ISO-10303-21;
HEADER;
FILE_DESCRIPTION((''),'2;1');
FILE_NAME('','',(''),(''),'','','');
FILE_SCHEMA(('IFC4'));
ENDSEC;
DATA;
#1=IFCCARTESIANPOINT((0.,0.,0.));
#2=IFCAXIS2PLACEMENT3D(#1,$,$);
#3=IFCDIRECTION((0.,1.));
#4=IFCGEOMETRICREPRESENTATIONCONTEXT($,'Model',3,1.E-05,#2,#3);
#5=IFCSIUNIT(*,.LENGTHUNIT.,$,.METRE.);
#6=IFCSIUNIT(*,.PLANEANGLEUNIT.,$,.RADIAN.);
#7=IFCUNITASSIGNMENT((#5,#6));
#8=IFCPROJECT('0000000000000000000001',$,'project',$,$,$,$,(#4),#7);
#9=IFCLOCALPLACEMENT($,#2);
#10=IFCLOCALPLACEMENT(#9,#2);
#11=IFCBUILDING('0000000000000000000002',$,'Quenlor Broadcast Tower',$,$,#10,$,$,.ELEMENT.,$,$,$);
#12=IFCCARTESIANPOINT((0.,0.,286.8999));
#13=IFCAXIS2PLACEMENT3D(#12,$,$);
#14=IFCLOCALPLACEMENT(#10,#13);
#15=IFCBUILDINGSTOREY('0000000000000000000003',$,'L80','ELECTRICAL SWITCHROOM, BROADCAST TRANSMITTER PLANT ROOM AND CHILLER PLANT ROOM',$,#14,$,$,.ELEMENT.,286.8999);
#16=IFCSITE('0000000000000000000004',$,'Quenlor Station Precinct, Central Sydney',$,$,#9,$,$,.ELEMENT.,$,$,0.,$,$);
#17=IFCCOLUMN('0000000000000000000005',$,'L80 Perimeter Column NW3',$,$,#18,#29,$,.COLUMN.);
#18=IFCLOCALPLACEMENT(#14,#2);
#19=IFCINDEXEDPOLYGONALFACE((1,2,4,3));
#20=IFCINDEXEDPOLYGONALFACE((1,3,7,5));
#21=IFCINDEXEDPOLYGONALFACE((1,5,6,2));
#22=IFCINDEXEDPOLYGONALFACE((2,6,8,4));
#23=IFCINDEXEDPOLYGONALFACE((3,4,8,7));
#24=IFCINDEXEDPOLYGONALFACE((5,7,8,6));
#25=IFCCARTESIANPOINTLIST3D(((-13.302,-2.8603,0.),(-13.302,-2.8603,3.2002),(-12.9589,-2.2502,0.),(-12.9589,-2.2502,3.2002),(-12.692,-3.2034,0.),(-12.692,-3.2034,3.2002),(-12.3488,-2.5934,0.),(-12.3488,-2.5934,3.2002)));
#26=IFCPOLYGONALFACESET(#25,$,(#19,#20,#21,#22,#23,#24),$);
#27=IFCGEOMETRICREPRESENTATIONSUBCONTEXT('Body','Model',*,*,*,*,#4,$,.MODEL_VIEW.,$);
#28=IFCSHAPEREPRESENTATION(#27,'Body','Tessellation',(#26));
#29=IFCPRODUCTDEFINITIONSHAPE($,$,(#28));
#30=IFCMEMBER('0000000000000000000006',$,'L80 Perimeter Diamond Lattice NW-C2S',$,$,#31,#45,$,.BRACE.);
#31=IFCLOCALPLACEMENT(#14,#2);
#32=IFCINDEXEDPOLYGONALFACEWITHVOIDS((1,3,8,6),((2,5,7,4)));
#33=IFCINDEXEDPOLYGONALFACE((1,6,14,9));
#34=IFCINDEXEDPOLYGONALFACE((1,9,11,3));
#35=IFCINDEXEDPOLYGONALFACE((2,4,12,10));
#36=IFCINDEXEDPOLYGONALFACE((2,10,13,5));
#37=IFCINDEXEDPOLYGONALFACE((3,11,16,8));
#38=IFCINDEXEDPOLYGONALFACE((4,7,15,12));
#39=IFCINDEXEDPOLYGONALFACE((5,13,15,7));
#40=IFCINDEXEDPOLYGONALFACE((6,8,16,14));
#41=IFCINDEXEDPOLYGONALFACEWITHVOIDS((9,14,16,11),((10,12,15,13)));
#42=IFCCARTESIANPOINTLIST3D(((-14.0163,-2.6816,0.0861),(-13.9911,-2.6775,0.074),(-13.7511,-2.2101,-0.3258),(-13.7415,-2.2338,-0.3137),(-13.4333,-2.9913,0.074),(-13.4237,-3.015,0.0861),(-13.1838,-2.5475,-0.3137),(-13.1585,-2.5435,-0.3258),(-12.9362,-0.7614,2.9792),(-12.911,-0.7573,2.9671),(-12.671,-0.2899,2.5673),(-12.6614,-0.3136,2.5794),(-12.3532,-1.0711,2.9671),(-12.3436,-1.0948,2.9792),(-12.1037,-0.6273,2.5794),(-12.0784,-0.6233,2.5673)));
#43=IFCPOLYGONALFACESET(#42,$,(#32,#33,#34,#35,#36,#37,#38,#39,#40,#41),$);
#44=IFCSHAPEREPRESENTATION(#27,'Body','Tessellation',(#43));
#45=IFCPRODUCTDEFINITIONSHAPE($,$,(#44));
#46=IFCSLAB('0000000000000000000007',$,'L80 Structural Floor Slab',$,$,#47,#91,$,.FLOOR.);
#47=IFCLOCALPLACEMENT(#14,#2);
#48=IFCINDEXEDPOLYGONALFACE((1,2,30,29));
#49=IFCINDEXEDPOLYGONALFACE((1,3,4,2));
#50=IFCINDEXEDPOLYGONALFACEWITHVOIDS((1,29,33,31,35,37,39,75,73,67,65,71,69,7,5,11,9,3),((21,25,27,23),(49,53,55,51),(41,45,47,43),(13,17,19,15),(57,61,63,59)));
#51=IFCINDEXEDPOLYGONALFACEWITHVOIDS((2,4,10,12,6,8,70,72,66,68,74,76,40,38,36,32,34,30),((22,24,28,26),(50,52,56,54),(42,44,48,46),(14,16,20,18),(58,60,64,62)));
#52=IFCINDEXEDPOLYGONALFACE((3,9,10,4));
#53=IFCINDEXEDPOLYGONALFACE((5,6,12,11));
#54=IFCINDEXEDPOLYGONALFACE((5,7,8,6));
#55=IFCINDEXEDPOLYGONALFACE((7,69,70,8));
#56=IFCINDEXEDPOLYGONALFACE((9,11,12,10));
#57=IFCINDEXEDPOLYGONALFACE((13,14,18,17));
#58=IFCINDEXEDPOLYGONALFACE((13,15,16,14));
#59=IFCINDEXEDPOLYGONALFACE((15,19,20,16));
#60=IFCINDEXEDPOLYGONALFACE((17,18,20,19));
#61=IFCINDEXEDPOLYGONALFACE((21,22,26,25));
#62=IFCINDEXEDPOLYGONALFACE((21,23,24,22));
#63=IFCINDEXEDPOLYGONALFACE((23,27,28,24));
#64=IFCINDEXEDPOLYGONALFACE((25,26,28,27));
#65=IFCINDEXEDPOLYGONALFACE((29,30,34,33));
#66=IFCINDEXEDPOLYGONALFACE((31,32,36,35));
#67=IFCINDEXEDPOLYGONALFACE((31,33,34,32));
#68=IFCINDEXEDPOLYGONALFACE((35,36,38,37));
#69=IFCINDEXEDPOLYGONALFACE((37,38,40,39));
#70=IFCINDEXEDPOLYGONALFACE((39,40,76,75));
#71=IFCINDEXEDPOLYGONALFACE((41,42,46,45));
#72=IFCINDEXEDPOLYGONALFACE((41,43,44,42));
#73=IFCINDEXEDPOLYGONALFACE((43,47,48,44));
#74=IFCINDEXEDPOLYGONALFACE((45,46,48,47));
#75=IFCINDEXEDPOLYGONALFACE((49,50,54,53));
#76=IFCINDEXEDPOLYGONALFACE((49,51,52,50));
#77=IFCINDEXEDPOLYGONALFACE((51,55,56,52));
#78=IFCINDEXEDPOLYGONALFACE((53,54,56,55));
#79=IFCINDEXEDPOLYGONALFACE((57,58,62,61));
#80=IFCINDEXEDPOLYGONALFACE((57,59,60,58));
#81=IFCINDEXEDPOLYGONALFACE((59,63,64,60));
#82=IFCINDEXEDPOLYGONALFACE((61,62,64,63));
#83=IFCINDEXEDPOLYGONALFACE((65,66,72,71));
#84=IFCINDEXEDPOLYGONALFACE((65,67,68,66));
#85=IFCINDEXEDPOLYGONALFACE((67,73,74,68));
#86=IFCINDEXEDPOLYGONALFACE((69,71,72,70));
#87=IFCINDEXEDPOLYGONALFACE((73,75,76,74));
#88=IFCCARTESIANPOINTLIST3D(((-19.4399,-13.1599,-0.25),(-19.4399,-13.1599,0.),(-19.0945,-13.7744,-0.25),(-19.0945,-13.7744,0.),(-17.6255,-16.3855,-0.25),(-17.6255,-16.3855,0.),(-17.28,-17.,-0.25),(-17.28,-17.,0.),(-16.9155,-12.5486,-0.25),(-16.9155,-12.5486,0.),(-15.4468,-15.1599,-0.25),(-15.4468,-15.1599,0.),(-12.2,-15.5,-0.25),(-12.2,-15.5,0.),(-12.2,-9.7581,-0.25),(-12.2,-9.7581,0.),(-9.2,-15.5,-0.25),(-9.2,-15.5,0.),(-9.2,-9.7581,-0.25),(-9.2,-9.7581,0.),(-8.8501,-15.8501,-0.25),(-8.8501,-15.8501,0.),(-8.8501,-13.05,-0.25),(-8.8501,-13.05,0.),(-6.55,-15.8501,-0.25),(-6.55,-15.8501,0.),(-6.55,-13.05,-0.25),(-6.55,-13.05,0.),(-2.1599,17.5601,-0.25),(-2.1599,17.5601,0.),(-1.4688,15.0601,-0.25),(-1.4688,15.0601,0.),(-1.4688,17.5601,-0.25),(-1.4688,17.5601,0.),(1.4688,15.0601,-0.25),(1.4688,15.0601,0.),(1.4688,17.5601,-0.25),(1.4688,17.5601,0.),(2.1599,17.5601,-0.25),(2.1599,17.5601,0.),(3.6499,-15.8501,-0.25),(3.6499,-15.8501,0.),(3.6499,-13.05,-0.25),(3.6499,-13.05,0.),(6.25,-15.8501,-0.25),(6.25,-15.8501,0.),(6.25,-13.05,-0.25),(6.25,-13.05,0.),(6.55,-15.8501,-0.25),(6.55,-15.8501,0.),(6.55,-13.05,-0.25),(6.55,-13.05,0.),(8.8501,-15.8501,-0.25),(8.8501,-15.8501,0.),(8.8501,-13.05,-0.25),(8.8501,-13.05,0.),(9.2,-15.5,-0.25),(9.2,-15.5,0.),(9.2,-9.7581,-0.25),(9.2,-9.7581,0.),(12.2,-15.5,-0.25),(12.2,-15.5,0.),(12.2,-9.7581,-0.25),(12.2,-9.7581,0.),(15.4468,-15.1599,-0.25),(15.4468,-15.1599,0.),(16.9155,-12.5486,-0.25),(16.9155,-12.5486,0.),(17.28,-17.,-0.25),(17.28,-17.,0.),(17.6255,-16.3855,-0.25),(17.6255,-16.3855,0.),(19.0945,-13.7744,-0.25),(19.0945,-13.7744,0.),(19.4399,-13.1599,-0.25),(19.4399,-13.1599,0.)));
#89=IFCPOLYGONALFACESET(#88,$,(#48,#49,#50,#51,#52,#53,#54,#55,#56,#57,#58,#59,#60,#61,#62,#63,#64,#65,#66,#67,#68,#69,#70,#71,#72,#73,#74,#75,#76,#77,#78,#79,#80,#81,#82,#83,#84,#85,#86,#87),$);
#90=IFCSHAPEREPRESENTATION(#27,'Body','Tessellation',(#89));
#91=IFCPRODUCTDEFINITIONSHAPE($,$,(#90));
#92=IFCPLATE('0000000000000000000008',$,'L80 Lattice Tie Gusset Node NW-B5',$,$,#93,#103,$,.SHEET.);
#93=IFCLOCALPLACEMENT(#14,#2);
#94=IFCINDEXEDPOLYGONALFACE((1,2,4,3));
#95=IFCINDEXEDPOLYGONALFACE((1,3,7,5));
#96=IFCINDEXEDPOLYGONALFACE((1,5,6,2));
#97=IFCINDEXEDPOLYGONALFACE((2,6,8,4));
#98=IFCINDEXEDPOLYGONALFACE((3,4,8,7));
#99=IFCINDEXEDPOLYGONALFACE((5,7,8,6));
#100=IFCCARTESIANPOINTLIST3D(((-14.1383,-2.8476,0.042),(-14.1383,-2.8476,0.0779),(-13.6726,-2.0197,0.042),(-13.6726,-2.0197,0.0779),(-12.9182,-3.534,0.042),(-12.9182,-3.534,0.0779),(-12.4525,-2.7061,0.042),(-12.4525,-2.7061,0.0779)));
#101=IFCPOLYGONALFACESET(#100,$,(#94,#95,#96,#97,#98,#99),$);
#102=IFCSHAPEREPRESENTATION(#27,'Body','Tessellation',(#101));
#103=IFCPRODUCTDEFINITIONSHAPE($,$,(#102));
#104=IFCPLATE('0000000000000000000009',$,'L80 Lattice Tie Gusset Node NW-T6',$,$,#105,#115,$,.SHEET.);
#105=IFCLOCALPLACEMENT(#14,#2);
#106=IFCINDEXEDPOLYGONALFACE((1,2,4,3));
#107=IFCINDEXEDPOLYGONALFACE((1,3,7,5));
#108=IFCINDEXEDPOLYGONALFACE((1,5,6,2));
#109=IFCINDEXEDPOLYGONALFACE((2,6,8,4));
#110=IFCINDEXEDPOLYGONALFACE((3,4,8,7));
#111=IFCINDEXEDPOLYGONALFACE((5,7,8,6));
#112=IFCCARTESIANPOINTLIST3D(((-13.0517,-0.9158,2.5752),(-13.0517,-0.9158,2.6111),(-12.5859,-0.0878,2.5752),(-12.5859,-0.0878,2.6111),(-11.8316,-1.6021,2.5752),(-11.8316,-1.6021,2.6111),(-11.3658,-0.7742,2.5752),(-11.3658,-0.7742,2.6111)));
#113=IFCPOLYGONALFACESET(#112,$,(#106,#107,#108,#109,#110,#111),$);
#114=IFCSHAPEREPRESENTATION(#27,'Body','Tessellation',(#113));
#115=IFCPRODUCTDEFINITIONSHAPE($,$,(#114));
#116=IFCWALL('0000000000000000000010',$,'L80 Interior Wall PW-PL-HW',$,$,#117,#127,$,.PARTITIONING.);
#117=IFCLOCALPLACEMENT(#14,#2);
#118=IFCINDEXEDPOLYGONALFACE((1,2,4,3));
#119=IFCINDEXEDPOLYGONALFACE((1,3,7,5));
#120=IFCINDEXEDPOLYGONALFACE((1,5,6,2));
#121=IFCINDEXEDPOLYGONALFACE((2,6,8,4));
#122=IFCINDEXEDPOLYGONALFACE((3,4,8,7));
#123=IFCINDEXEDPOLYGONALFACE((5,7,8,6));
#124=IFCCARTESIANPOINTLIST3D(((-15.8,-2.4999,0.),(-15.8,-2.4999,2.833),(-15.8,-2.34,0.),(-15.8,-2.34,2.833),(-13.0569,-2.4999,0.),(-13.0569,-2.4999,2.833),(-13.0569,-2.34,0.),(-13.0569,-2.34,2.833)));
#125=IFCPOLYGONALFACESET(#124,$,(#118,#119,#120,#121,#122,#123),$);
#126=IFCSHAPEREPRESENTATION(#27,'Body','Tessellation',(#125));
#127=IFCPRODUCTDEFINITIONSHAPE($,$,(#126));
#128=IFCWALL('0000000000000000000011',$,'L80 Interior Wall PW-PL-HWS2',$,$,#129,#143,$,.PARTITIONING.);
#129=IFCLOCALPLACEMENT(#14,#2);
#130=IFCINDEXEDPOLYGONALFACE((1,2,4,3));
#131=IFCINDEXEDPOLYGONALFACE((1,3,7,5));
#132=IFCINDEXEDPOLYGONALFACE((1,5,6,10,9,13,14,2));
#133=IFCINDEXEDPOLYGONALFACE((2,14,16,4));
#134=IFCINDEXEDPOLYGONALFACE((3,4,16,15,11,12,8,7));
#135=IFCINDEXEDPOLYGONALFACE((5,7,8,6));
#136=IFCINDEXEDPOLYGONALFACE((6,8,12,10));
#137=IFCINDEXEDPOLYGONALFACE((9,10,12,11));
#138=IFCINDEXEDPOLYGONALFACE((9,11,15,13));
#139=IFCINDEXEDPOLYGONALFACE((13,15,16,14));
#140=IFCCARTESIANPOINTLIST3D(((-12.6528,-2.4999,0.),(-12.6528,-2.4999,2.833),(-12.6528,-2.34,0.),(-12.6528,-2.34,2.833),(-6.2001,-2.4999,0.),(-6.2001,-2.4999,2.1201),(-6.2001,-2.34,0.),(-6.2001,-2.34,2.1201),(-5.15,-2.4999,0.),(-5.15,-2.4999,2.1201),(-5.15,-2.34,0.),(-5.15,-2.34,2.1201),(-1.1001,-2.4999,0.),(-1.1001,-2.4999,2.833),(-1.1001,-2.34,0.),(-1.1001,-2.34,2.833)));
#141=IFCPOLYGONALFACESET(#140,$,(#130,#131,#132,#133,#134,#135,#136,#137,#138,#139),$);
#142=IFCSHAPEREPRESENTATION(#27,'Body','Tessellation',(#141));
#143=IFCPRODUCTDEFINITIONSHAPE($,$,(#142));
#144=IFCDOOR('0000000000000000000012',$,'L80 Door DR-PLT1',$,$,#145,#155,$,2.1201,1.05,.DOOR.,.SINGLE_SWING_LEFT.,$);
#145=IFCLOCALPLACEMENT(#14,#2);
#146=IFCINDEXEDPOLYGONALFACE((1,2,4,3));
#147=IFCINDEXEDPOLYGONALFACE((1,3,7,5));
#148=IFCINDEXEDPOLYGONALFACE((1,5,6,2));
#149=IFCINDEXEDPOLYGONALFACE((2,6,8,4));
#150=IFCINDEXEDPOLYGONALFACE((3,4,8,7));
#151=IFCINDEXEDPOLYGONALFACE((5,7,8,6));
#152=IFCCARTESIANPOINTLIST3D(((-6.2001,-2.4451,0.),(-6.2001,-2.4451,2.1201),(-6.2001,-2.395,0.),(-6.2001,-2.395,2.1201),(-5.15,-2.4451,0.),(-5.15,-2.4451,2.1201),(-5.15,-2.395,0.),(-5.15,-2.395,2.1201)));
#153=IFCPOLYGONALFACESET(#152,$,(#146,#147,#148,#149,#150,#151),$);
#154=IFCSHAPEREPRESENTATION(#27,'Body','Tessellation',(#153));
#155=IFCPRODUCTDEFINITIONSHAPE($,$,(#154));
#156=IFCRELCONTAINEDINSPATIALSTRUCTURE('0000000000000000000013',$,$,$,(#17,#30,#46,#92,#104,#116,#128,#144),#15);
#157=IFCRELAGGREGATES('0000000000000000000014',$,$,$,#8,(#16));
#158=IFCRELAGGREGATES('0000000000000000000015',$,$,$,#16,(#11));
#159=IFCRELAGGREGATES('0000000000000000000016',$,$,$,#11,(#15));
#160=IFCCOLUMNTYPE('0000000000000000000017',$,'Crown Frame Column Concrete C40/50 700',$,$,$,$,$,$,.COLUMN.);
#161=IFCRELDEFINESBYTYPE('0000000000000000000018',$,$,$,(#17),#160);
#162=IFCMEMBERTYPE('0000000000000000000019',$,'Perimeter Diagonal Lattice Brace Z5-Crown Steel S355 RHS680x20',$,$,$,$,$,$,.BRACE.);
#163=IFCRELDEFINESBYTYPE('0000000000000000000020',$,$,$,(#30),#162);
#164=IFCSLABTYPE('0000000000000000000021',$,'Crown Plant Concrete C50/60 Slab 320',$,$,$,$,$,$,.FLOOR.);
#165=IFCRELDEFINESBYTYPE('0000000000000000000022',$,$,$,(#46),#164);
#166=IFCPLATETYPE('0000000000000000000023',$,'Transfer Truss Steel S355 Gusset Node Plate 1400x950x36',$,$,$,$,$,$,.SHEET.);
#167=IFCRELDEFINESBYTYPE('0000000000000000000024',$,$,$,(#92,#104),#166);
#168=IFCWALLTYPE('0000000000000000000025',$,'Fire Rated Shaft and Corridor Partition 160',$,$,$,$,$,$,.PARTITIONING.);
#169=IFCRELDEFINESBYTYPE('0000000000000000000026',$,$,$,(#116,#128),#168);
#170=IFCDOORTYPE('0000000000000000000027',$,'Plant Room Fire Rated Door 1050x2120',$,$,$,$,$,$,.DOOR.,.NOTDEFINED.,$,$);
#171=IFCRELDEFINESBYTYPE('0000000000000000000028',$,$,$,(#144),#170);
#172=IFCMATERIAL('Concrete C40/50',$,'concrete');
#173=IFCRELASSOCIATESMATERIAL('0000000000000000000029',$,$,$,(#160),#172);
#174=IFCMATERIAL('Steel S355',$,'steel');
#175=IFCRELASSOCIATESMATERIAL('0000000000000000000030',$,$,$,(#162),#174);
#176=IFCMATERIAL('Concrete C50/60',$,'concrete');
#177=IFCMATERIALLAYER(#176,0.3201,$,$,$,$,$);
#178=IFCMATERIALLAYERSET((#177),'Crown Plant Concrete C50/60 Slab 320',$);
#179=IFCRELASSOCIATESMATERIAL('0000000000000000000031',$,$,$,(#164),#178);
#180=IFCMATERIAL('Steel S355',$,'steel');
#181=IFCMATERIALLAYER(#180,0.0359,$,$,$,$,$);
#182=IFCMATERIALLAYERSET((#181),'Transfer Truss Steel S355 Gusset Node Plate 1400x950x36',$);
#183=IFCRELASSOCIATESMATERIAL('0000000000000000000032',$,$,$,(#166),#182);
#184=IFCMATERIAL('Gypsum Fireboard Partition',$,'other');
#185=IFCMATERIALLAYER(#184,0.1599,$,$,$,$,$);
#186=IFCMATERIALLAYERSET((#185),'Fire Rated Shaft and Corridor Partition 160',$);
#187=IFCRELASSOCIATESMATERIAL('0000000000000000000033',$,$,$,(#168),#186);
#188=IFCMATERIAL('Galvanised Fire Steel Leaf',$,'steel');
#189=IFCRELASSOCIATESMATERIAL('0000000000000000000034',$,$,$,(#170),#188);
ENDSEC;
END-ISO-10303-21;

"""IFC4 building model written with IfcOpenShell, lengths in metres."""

from ifc_helpers import new_model, si_unit, direction, frame, frame_2d, origin, origin_2d, place, context, subcontext, project, spatial, polyline, rectangle, hollow_rectangle, outline, extrude, material, layer, layer_set, material_profile, profile_set, type_object, element, fill, save


model = new_model("IFC4")

# Units and contexts
model_context = context("Model", 3, precision=1e-05, world=origin(), true_north=direction((0.0, 1.0)))
body_context = subcontext(model_context, "Body", "Model", "MODEL_VIEW")
ifc_project = project(units=[si_unit("LENGTHUNIT", "METRE"), si_unit("PLANEANGLEUNIT", "RADIAN")], contexts=[model_context])

# Site, building, storey
site_placement = place(None, origin())
site = spatial("IfcSite", under=ifc_project, at=site_placement, Name="Quenlor Station Precinct, Central Sydney", CompositionType="ELEMENT", RefElevation=0.0)
building_placement = place(site_placement, origin())
building = spatial("IfcBuilding", under=site, at=building_placement, Name="Quenlor Broadcast Tower", CompositionType="ELEMENT")
storey_placement = place(building_placement, frame((0.0, 0.0, 286.8999)))
storey = spatial("IfcBuildingStorey", under=building, at=storey_placement, Name="L80", Description="ELECTRICAL SWITCHROOM, BROADCAST TRANSMITTER PLANT ROOM AND CHILLER PLANT ROOM", CompositionType="ELEMENT", Elevation=286.8999)

# Column
ifc_material_1 = material(Name="Concrete C40/50", Category="concrete")
ifc_material_profile_1 = material_profile(ifc_material_1, rectangle(XDim=0.7, YDim=0.7, at=origin_2d()))
ifc_profile_set_1 = profile_set([ifc_material_profile_1], Name="Concrete C40/50 RC700x700")
column_type = type_object("IfcColumnType", Name="Crown Frame Column Concrete C40/50 700", PredefinedType="COLUMN", material=ifc_profile_set_1)
column_placement = place(storey_placement, frame((-12.8254, -2.7268, 0.0), z_axis=(0.0, 0.0, 1.0), x_axis=(-0.871575, 0.490262, 0.0)))
element("IfcColumn", 1, at=column_placement, inside=storey, type_object=column_type, Name="L80 Perimeter Column NW3", PredefinedType="COLUMN", context=body_context, shape_type="SweptSolid", body=[
    extrude(rectangle(XDim=0.7, YDim=0.7, at=origin_2d()), origin(), (0.0, 0.0, 1.0), 3.2002),
])

# Member
ifc_material_2 = material(Name="Steel S355", Category="steel")
ifc_material_profile_2 = material_profile(ifc_material_2, hollow_rectangle(XDim=0.6799, YDim=0.6799, WallThickness=0.02, at=origin_2d()))
ifc_profile_set_2 = profile_set([ifc_material_profile_2], Name="Steel S355 RHS680x680x20")
member_type = type_object("IfcMemberType", Name="Perimeter Diagonal Lattice Brace Z5-Crown Steel S355 RHS680x20", PredefinedType="BRACE", material=ifc_profile_set_2)
member_placement = place(storey_placement, frame((-13.5874, -2.6125, -0.1199), z_axis=(0.297018, 0.52804, 0.795584), x_axis=(-0.871578, 0.490256, 0.0)))
element("IfcMember", 2, at=member_placement, inside=storey, type_object=member_type, Name="L80 Perimeter Diamond Lattice NW-C2S", PredefinedType="BRACE", context=body_context, shape_type="SweptSolid", body=[
    extrude(hollow_rectangle(XDim=0.6799, YDim=0.6799, WallThickness=0.02, at=origin_2d()), origin(), (0.0, 0.0, 1.0), 3.6365),
])

# Slab
ifc_material_3 = material(Name="Concrete C50/60", Category="concrete")
ifc_layer_1 = layer(ifc_material_3, 0.3201)
ifc_layer_set_1 = layer_set([ifc_layer_1], Name="Crown Plant Concrete C50/60 Slab 320")
slab_type = type_object("IfcSlabType", Name="Crown Plant Concrete C50/60 Slab 320", PredefinedType="FLOOR", material=ifc_layer_set_1)
slab_placement = place(storey_placement, frame((0.0, 0.0, -0.25)))
element("IfcSlab", 3, at=slab_placement, inside=storey, type_object=slab_type, Name="L80 Structural Floor Slab", PredefinedType="FLOOR", context=body_context, shape_type="SweptSolid", body=[
    extrude(outline(polyline([(17.28, -17.0), (17.6255, -16.3855), (15.4468, -15.1599), (16.9155, -12.5486), (19.0945, -13.7744), (19.4399, -13.1599), (2.1599, 17.5601), (1.4688, 17.5601), (1.4688, 15.0601), (-1.4688, 15.0601), (-1.4688, 17.5601), (-2.1599, 17.5601), (-19.4399, -13.1599), (-19.0945, -13.7744), (-16.9155, -12.5486), (-15.4468, -15.1599), (-17.6255, -16.3855), (-17.28, -17.0), (17.28, -17.0)]), holes=[polyline([(-12.2, -9.7581), (-12.2, -15.5), (-9.2, -15.5), (-9.2, -9.7581), (-12.2, -9.7581)]), polyline([(9.2, -9.7581), (9.2, -15.5), (12.2, -15.5), (12.2, -9.7581), (9.2, -9.7581)]), polyline([(-8.8501, -15.8501), (-6.55, -15.8501), (-6.55, -13.05), (-8.8501, -13.05), (-8.8501, -15.8501)]), polyline([(6.55, -15.8501), (8.8501, -15.8501), (8.8501, -13.05), (6.55, -13.05), (6.55, -15.8501)]), polyline([(3.6499, -15.8501), (6.25, -15.8501), (6.25, -13.05), (3.6499, -13.05), (3.6499, -15.8501)])]), origin(), (0.0, 0.0, 1.0), 0.25),
])

# Plates
ifc_material_4 = material(Name="Steel S355", Category="steel")
ifc_layer_2 = layer(ifc_material_4, 0.0359)
ifc_layer_set_2 = layer_set([ifc_layer_2], Name="Transfer Truss Steel S355 Gusset Node Plate 1400x950x36")
plate_type = type_object("IfcPlateType", Name="Transfer Truss Steel S355 Gusset Node Plate 1400x950x36", PredefinedType="SHEET", material=ifc_layer_set_2)
for number, where, z_axis, x_axis, name in (
    (4, (-13.2954, -2.7769, 0.042), (0.0, 0.0, 1.0), (-0.871556, 0.490295, 0.0), "L80 Lattice Tie Gusset Node NW-B5"),
    (5, (-12.2087, -0.845, 2.5752), (0.0, 0.0, 1.0), (-0.871556, 0.490295, 0.0), "L80 Lattice Tie Gusset Node NW-T6"),
):
    element("IfcPlate", number, at=place(storey_placement, frame(where, z_axis=z_axis, x_axis=x_axis)), inside=storey, type_object=plate_type, Name=name, PredefinedType="SHEET", context=body_context, shape_type="SweptSolid", body=[
        extrude(rectangle(XDim=1.3999, YDim=0.95, at=origin_2d()), origin(), (0.0, 0.0, 1.0), 0.0359),
    ])

# Wall
ifc_material_5 = material(Name="Gypsum Fireboard Partition", Category="other")
ifc_layer_3 = layer(ifc_material_5, 0.1599)
ifc_layer_set_3 = layer_set([ifc_layer_3], Name="Fire Rated Shaft and Corridor Partition 160")
wall_type_1 = type_object("IfcWallType", Name="Fire Rated Shaft and Corridor Partition 160", PredefinedType="PARTITIONING", material=ifc_layer_set_3)
wall_1_placement = place(storey_placement, frame((-15.8, -2.4199, 0.0), z_axis=(0.0, 0.0, 1.0), x_axis=(1.0, 0.0, 0.0)))
element("IfcWall", 6, at=wall_1_placement, inside=storey, type_object=wall_type_1, Name="L80 Interior Wall PW-PL-HW", PredefinedType="PARTITIONING", context=body_context, shape_type="SweptSolid", body=[
    extrude(rectangle(XDim=2.7432, YDim=0.1599, at=frame_2d((1.3716, 0.0))), origin(), (0.0, 0.0, 1.0), 2.833),
])

# Wall, opening, door
wall_2_placement = place(storey_placement, frame((-12.6528, -2.4199, 0.0), z_axis=(0.0, 0.0, 1.0), x_axis=(1.0, 0.0, 0.0)))
wall_2 = element("IfcWall", 7, at=wall_2_placement, inside=storey, type_object=wall_type_1, Name="L80 Interior Wall PW-PL-HWS2", PredefinedType="PARTITIONING", context=body_context, shape_type="SweptSolid", body=[
    extrude(rectangle(XDim=11.5527, YDim=0.1599, at=frame_2d((5.7764, 0.0))), origin(), (0.0, 0.0, 1.0), 2.833),
])
opening_1_placement = place(wall_2_placement, frame((6.4529, 0.0, 0.0)))
opening_1 = element("IfcOpeningElement", 8, at=opening_1_placement, cuts=wall_2, PredefinedType="OPENING", context=body_context, shape_type="SweptSolid", body=[
    extrude(rectangle(XDim=1.05, YDim=2.1201, at=frame_2d((0.5249, 1.0601))), frame((0.0, 0.0898, 0.0), z_axis=(0.0, -1.0, 0.0), x_axis=(1.0, 0.0, 0.0)), (0.0, 0.0, 1.0), 0.1799),
])
ifc_material_6 = material(Name="Galvanised Fire Steel Leaf", Category="steel")
door_type = type_object("IfcDoorType", Name="Plant Room Fire Rated Door 1050x2120", OperationType="NOTDEFINED", PredefinedType="DOOR", material=ifc_material_6)
door_1_placement = place(opening_1_placement, origin())
door_1 = element("IfcDoor", 9, at=door_1_placement, inside=storey, type_object=door_type, Name="L80 Door DR-PLT1", OperationType="SINGLE_SWING_LEFT", OverallHeight=2.1201, OverallWidth=1.05, PredefinedType="DOOR", context=body_context, shape_type="SweptSolid", body=[
    extrude(rectangle(XDim=1.05, YDim=2.1201, at=frame_2d((0.5249, 1.0601))), frame((0.0, 0.0249, 0.0), z_axis=(0.0, -1.0, 0.0), x_axis=(1.0, 0.0, 0.0)), (0.0, 0.0, 1.0), 0.05),
])
fill(opening_1, door_1)

save(model, "model.ifc")
